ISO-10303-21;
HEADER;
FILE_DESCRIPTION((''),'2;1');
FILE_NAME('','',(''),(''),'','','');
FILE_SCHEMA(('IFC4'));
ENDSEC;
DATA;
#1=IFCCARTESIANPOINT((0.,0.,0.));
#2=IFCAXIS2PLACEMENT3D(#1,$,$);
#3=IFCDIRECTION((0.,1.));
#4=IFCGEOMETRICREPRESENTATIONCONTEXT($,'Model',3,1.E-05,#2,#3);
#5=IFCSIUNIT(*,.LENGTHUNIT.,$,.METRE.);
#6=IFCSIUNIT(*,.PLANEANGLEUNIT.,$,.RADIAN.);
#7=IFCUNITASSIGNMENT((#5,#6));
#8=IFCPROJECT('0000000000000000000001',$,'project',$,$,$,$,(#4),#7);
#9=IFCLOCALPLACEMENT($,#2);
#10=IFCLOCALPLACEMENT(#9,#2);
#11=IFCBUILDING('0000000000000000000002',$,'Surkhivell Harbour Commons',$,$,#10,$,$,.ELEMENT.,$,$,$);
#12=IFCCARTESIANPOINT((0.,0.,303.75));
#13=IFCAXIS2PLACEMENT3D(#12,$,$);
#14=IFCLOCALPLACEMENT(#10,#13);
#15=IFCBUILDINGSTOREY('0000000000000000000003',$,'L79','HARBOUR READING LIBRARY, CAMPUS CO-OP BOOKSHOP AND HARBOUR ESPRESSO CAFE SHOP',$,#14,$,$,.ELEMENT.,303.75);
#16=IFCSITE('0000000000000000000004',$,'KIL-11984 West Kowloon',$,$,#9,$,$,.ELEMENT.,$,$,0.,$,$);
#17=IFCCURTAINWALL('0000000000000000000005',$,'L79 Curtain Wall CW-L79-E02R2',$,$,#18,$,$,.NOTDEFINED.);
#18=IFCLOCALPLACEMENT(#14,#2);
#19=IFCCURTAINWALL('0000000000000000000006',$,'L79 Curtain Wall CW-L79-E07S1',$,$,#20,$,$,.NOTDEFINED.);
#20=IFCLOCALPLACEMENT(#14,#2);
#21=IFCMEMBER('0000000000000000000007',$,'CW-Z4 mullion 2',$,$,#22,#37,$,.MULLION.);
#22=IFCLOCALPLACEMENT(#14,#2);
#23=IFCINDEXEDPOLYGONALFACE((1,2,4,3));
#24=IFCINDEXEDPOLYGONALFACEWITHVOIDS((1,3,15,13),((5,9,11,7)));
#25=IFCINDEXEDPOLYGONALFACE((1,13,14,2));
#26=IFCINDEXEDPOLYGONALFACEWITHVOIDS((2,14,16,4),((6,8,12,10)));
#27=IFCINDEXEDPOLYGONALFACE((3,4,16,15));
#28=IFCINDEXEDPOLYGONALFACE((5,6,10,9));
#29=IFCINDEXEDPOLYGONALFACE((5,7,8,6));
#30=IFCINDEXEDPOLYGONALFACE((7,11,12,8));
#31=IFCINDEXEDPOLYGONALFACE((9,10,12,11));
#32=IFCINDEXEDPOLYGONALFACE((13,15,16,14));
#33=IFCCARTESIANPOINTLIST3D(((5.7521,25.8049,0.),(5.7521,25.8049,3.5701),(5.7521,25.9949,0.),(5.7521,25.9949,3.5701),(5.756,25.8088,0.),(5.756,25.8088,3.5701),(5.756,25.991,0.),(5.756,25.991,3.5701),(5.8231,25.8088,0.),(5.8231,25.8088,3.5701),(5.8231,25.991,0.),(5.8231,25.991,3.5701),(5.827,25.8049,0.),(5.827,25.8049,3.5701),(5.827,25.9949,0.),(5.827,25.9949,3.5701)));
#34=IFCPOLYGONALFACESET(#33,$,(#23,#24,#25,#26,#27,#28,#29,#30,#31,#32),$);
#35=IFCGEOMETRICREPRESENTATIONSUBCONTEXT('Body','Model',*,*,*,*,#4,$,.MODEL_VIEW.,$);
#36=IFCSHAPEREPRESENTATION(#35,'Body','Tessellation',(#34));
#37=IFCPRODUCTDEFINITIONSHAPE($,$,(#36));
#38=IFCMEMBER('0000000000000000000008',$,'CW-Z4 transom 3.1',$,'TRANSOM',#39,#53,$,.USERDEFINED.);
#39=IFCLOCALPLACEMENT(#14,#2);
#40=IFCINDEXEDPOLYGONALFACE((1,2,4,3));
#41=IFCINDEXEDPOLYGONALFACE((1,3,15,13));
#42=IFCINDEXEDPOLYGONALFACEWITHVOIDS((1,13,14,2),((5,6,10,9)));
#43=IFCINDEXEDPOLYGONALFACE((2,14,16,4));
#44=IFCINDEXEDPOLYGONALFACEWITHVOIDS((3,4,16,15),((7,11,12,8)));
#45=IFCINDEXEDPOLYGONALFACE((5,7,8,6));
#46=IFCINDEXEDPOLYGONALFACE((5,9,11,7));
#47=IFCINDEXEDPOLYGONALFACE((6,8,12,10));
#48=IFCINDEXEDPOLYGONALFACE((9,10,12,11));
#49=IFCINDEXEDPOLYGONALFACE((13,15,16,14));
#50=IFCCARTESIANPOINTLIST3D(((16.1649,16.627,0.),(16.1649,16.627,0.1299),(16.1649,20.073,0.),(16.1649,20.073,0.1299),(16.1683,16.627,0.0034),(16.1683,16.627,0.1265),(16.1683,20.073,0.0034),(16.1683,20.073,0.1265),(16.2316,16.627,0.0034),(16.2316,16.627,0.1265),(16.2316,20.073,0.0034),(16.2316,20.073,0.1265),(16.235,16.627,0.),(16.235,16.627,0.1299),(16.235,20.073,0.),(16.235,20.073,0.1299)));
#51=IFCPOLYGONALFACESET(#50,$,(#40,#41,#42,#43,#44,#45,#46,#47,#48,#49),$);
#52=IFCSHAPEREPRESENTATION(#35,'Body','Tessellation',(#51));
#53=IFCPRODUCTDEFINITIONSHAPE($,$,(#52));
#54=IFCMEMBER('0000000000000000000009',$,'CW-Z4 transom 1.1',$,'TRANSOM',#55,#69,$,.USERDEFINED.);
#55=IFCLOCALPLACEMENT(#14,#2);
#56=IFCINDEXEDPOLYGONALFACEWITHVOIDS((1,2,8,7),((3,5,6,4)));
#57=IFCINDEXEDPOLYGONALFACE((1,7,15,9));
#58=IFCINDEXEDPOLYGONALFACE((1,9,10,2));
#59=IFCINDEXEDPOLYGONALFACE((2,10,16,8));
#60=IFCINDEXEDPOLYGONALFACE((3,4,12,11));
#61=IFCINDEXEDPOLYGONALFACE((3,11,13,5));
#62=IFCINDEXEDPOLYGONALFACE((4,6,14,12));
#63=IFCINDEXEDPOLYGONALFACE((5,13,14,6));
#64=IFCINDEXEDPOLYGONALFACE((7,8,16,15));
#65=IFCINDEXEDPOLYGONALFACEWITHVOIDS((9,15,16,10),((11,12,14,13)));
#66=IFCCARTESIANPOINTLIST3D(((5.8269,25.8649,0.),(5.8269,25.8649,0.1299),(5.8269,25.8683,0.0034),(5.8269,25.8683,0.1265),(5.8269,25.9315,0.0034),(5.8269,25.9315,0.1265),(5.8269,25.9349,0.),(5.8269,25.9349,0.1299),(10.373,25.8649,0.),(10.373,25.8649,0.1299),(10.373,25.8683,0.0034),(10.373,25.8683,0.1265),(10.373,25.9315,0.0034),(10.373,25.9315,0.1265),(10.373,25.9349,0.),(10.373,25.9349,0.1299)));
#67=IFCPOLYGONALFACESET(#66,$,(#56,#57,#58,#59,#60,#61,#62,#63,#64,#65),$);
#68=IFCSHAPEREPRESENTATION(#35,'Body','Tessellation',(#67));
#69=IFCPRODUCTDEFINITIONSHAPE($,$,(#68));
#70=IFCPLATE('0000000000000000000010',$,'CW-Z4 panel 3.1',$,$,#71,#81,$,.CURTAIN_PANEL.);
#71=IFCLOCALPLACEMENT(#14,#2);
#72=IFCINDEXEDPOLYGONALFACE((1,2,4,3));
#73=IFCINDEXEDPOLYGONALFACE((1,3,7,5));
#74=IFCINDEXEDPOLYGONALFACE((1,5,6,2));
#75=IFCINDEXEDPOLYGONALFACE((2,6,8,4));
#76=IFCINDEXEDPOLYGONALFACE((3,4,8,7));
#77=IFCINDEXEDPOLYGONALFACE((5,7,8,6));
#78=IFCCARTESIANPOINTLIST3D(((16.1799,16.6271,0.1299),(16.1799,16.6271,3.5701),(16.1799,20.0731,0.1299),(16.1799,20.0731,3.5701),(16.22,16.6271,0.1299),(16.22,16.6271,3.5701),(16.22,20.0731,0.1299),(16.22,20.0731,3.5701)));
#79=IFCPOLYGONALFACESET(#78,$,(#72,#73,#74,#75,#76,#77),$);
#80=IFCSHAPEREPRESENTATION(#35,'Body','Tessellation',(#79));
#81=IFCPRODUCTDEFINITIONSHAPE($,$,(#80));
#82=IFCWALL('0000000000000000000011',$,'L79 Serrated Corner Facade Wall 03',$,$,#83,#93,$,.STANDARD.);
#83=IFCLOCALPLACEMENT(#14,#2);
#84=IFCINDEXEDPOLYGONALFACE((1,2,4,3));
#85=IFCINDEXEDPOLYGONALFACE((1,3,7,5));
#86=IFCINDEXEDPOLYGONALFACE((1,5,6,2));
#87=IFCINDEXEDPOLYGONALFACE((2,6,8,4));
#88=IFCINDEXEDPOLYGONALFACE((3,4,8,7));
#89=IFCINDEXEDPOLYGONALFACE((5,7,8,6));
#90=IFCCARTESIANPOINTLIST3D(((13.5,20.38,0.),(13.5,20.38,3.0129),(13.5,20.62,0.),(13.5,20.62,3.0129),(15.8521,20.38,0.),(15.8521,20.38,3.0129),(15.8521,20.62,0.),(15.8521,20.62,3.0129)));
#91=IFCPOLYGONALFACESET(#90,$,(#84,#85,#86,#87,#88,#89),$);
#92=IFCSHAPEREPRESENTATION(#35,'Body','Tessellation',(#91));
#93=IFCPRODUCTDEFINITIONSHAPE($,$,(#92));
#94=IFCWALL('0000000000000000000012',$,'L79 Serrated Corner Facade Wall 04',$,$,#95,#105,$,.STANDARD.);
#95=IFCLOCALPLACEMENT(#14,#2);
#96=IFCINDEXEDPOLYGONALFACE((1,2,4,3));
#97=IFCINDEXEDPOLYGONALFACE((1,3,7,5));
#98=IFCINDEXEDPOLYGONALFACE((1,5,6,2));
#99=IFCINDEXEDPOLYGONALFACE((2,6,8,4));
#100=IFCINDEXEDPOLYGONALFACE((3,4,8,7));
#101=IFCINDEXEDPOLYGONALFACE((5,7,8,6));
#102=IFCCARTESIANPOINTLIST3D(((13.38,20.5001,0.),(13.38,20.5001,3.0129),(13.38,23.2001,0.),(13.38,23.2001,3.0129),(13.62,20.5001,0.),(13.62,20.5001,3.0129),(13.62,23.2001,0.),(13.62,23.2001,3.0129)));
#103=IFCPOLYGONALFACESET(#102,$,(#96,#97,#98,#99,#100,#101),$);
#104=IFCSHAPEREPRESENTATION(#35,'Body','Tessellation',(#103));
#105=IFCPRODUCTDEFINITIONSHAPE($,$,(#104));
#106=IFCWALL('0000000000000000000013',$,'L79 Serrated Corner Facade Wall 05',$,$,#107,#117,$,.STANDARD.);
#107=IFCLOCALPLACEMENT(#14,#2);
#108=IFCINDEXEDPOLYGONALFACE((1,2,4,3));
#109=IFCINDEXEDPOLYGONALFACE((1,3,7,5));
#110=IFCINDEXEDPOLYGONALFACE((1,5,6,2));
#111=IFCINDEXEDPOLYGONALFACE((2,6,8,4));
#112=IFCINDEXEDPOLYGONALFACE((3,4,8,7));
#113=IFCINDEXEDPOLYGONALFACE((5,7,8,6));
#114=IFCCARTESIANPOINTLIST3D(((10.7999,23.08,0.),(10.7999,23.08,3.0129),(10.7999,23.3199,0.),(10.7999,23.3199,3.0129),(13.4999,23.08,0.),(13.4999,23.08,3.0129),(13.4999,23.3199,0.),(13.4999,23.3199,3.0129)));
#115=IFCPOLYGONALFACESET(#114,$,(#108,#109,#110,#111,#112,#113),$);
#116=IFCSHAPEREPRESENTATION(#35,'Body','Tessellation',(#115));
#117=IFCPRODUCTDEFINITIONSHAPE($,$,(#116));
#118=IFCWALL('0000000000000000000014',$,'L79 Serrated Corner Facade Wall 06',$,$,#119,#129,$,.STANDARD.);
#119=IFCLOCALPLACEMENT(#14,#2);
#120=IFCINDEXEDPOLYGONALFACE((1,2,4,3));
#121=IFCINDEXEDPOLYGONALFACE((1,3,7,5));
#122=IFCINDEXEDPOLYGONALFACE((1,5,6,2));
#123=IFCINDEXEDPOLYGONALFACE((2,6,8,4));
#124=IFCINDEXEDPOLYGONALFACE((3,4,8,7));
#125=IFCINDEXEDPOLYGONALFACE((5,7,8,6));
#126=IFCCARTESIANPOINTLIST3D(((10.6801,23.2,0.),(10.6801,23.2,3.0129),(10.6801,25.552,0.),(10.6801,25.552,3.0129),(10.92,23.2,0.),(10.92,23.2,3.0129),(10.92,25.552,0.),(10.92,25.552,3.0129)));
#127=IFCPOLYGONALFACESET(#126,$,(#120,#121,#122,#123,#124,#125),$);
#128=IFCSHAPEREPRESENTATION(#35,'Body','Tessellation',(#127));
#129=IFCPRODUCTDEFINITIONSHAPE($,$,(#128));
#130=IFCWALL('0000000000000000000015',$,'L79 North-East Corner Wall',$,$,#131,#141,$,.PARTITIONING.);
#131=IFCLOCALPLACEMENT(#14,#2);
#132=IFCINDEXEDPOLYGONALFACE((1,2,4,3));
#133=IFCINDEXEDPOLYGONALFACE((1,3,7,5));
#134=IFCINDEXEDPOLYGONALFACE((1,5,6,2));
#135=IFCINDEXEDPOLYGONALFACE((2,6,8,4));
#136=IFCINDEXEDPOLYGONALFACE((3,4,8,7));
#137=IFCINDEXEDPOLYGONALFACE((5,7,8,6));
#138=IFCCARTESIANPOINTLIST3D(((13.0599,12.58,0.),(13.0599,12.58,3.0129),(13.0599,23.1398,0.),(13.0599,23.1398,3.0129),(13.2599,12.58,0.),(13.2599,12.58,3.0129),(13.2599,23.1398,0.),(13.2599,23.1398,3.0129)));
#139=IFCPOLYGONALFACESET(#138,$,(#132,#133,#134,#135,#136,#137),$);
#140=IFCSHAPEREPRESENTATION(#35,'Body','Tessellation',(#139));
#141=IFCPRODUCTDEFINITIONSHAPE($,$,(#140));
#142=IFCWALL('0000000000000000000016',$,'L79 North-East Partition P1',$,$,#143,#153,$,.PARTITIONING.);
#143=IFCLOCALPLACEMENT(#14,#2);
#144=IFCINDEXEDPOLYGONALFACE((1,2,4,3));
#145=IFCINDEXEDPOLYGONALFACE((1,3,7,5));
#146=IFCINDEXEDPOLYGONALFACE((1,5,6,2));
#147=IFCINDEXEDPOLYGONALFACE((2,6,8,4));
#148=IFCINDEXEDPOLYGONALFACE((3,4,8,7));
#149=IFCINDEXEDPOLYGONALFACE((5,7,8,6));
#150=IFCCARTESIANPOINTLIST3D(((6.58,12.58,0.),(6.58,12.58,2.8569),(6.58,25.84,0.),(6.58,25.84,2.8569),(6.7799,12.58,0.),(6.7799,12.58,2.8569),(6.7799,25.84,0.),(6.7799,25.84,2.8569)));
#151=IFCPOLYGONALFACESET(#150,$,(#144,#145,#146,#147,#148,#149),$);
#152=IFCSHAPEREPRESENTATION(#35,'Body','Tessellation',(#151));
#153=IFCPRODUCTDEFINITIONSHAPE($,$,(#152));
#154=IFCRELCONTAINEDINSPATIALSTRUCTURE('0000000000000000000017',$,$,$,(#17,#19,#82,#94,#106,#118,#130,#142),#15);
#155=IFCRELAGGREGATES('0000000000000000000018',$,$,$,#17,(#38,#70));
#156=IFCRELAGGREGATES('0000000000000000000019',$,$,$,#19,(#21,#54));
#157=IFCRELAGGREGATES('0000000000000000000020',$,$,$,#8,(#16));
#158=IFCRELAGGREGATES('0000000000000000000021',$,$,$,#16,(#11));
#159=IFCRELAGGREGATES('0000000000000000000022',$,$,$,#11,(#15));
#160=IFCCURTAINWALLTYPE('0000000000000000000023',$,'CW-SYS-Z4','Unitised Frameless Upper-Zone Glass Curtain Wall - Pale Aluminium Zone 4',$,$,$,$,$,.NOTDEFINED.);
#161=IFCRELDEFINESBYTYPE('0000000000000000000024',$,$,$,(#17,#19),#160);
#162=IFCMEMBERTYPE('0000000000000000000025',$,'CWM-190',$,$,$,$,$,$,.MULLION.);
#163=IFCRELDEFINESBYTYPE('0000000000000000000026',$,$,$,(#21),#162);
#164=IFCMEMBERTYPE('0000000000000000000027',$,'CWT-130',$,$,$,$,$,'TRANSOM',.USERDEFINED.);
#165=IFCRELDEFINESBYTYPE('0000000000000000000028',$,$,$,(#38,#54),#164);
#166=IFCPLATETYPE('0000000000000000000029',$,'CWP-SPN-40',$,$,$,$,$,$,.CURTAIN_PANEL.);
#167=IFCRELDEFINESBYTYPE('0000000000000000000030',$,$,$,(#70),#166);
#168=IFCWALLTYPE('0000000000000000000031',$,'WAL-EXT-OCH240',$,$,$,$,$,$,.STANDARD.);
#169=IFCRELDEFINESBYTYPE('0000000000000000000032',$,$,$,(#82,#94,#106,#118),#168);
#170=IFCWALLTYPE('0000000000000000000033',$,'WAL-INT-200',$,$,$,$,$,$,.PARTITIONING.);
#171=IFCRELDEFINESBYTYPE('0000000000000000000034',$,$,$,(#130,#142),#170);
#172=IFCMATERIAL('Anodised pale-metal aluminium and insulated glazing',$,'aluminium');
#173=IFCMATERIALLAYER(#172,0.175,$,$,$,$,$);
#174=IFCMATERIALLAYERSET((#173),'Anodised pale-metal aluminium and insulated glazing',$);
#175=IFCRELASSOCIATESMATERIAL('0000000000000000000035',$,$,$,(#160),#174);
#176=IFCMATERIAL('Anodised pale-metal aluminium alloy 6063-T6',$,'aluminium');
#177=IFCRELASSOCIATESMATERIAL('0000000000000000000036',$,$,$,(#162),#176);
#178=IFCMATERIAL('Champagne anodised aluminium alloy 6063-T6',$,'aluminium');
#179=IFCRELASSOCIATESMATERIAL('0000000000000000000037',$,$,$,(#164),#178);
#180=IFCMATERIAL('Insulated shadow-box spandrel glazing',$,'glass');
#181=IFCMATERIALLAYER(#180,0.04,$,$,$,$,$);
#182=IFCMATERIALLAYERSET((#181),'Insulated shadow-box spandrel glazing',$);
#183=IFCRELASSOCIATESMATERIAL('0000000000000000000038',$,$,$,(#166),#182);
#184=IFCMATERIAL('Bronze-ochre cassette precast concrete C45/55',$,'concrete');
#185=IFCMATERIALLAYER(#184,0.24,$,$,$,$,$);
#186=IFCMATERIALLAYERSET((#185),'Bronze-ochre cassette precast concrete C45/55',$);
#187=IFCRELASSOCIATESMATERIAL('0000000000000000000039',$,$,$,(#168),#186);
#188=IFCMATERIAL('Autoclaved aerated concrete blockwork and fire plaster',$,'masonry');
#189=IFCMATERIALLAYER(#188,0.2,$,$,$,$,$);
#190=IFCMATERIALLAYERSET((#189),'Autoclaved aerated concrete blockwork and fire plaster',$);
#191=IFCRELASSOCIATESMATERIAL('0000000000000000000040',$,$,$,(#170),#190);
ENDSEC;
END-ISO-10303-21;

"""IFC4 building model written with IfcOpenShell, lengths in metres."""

from ifc_helpers import new_model, si_unit, direction, frame, frame_2d, origin, origin_2d, place, context, subcontext, project, spatial, rectangle, hollow_rectangle, extrude, material, layer, layer_set, material_profile, profile_set, type_object, element, aggregate, save


model = new_model("IFC4")

# Units and contexts
model_context = context("Model", 3, precision=1e-05, world=origin(), true_north=direction((0.0, 1.0)))
body_context = subcontext(model_context, "Body", "Model", "MODEL_VIEW")
ifc_project = project(units=[si_unit("LENGTHUNIT", "METRE"), si_unit("PLANEANGLEUNIT", "RADIAN")], contexts=[model_context])

# Site, building, storey
site_placement = place(None, origin())
site = spatial("IfcSite", under=ifc_project, at=site_placement, Name="KIL-11984 West Kowloon", CompositionType="ELEMENT", RefElevation=0.0)
building_placement = place(site_placement, origin())
building = spatial("IfcBuilding", under=site, at=building_placement, Name="Surkhivell Harbour Commons", CompositionType="ELEMENT")
storey_placement = place(building_placement, frame((0.0, 0.0, 303.75)))
storey = spatial("IfcBuildingStorey", under=building, at=storey_placement, Name="L79", Description="HARBOUR READING LIBRARY, CAMPUS CO-OP BOOKSHOP AND HARBOUR ESPRESSO CAFE SHOP", CompositionType="ELEMENT", Elevation=303.75)

# Curtain walls, member
ifc_material_1 = material(Name="Anodised pale-metal aluminium and insulated glazing", Category="aluminium")
ifc_layer_1 = layer(ifc_material_1, 0.175)
ifc_layer_set_1 = layer_set([ifc_layer_1], Name="Anodised pale-metal aluminium and insulated glazing")
curtain_wall_type = type_object("IfcCurtainWallType", Name="CW-SYS-Z4", Description="Unitised Frameless Upper-Zone Glass Curtain Wall - Pale Aluminium Zone 4", PredefinedType="NOTDEFINED", material=ifc_layer_set_1)
curtain_wall_1_placement = place(storey_placement, origin())
curtain_wall_1 = element("IfcCurtainWall", 1, at=curtain_wall_1_placement, inside=storey, type_object=curtain_wall_type, Name="L79 Curtain Wall CW-L79-E02R2", PredefinedType="NOTDEFINED")
ifc_material_2 = material(Name="Anodised pale-metal aluminium alloy 6063-T6", Category="aluminium")
ifc_material_profile_1 = material_profile(ifc_material_2, hollow_rectangle(XDim=0.075, YDim=0.1899, WallThickness=0.0039, at=origin_2d()), Name="ALU-MULL-75x190")
ifc_profile_set_1 = profile_set([ifc_material_profile_1], Name="Anodised pale-metal aluminium alloy 6063-T6")
member_type_1 = type_object("IfcMemberType", Name="CWM-190", PredefinedType="MULLION", material=ifc_profile_set_1)
curtain_wall_2_placement = place(storey_placement, origin())
curtain_wall_2 = element("IfcCurtainWall", 2, at=curtain_wall_2_placement, inside=storey, type_object=curtain_wall_type, Name="L79 Curtain Wall CW-L79-E07S1", PredefinedType="NOTDEFINED")
member_1_placement = place(storey_placement, frame((5.7896, 25.8999, 0.0), z_axis=(0.0, 0.0, 1.0), x_axis=(-1.0, 0.0, 0.0)))
member_1 = element("IfcMember", 3, at=member_1_placement, type_object=member_type_1, Name="CW-Z4 mullion 2", PredefinedType="MULLION", context=body_context, shape_type="SweptSolid", body=[
    extrude(hollow_rectangle(XDim=0.075, YDim=0.1899, WallThickness=0.0039, at=origin_2d()), origin(), (0.0, 0.0, 1.0), 3.5701),
])

# Members
ifc_material_3 = material(Name="Champagne anodised aluminium alloy 6063-T6", Category="aluminium")
ifc_material_profile_2 = material_profile(ifc_material_3, hollow_rectangle(XDim=0.0701, YDim=0.1299, WallThickness=0.0034, at=origin_2d()), Name="ALU-TRAN-70x130")
ifc_profile_set_2 = profile_set([ifc_material_profile_2], Name="Champagne anodised aluminium alloy 6063-T6")
member_type_2 = type_object("IfcMemberType", Name="CWT-130", ElementType="TRANSOM", PredefinedType="USERDEFINED", material=ifc_profile_set_2)
member_2_placement = place(storey_placement, frame((16.2, 16.627, 0.0649), z_axis=(0.0, 1.0, 0.0), x_axis=(-1.0, 0.0, 0.0)))
member_2 = element("IfcMember", 4, at=member_2_placement, type_object=member_type_2, Name="CW-Z4 transom 3.1", ObjectType="TRANSOM", PredefinedType="USERDEFINED", context=body_context, shape_type="SweptSolid", body=[
    extrude(hollow_rectangle(XDim=0.0701, YDim=0.1299, WallThickness=0.0034, at=origin_2d()), origin(), (0.0, 0.0, 1.0), 3.446),
])
member_3_placement = place(storey_placement, frame((10.373, 25.8999, 0.0649), z_axis=(-1.0, 0.0, 0.0), x_axis=(0.0, -1.0, 0.0)))
member_3 = element("IfcMember", 5, at=member_3_placement, type_object=member_type_2, Name="CW-Z4 transom 1.1", ObjectType="TRANSOM", PredefinedType="USERDEFINED", context=body_context, shape_type="SweptSolid", body=[
    extrude(hollow_rectangle(XDim=0.0701, YDim=0.1299, WallThickness=0.0034, at=origin_2d()), origin(), (0.0, 0.0, 1.0), 4.5461),
])

# Plate
ifc_material_4 = material(Name="Insulated shadow-box spandrel glazing", Category="glass")
ifc_layer_2 = layer(ifc_material_4, 0.04)
ifc_layer_set_2 = layer_set([ifc_layer_2], Name="Insulated shadow-box spandrel glazing")
plate_type = type_object("IfcPlateType", Name="CWP-SPN-40", PredefinedType="CURTAIN_PANEL", material=ifc_layer_set_2)
plate_1_placement = place(storey_placement, frame((16.2, 16.627, 0.1299), z_axis=(0.0, 0.0, 1.0), x_axis=(0.0, 1.0, 0.0)))
plate_1 = element("IfcPlate", 6, at=plate_1_placement, type_object=plate_type, Name="CW-Z4 panel 3.1", PredefinedType="CURTAIN_PANEL", context=body_context, shape_type="SweptSolid", body=[
    extrude(rectangle(XDim=3.446, YDim=0.04, at=frame_2d((1.7231, 0.0))), origin(), (0.0, 0.0, 1.0), 3.4402),
])
aggregate(curtain_wall_1, [member_2, plate_1])
aggregate(curtain_wall_2, [member_1, member_3])

# Walls
ifc_material_5 = material(Name="Bronze-ochre cassette precast concrete C45/55", Category="concrete")
ifc_layer_3 = layer(ifc_material_5, 0.24)
ifc_layer_set_3 = layer_set([ifc_layer_3], Name="Bronze-ochre cassette precast concrete C45/55")
wall_type_1 = type_object("IfcWallType", Name="WAL-EXT-OCH240", PredefinedType="STANDARD", material=ifc_layer_set_3)
wall_1_placement = place(storey_placement, frame((15.8521, 20.5, 0.0), z_axis=(0.0, 0.0, 1.0), x_axis=(-1.0, 0.0, 0.0)))
element("IfcWall", 7, at=wall_1_placement, inside=storey, type_object=wall_type_1, Name="L79 Serrated Corner Facade Wall 03", PredefinedType="STANDARD", context=body_context, shape_type="SweptSolid", body=[
    extrude(rectangle(XDim=2.3521, YDim=0.24, at=frame_2d((1.176, 0.0))), origin(), (0.0, 0.0, 1.0), 3.0129),
])
for number, where, z_axis, x_axis, name in (
    (8, (13.5, 20.5, 0.0), (0.0, 0.0, 1.0), (0.0, 1.0, 0.0), "L79 Serrated Corner Facade Wall 04"),
    (9, (13.5, 23.2, 0.0), (0.0, 0.0, 1.0), (-1.0, 0.0, 0.0), "L79 Serrated Corner Facade Wall 05"),
):
    element("IfcWall", number, at=place(storey_placement, frame(where, z_axis=z_axis, x_axis=x_axis)), inside=storey, type_object=wall_type_1, Name=name, PredefinedType="STANDARD", context=body_context, shape_type="SweptSolid", body=[
        extrude(rectangle(XDim=2.7, YDim=0.24, at=frame_2d((1.3501, 0.0))), origin(), (0.0, 0.0, 1.0), 3.0129),
    ])
wall_2_placement = place(storey_placement, frame((10.8, 23.2, 0.0), z_axis=(0.0, 0.0, 1.0), x_axis=(0.0, 1.0, 0.0)))
element("IfcWall", 10, at=wall_2_placement, inside=storey, type_object=wall_type_1, Name="L79 Serrated Corner Facade Wall 06", PredefinedType="STANDARD", context=body_context, shape_type="SweptSolid", body=[
    extrude(rectangle(XDim=2.3521, YDim=0.24, at=frame_2d((1.176, 0.0))), origin(), (0.0, 0.0, 1.0), 3.0129),
])
ifc_material_6 = material(Name="Autoclaved aerated concrete blockwork and fire plaster", Category="masonry")
ifc_layer_4 = layer(ifc_material_6, 0.2)
ifc_layer_set_4 = layer_set([ifc_layer_4], Name="Autoclaved aerated concrete blockwork and fire plaster")
wall_type_2 = type_object("IfcWallType", Name="WAL-INT-200", PredefinedType="PARTITIONING", material=ifc_layer_set_4)
wall_3_placement = place(storey_placement, frame((13.1599, 12.5801, 0.0), z_axis=(0.0, 0.0, 1.0), x_axis=(0.0, 1.0, 0.0)))
element("IfcWall", 11, at=wall_3_placement, inside=storey, type_object=wall_type_2, Name="L79 North-East Corner Wall", PredefinedType="PARTITIONING", context=body_context, shape_type="SweptSolid", body=[
    extrude(rectangle(XDim=10.5598, YDim=0.2, at=frame_2d((5.2798, 0.0))), origin(), (0.0, 0.0, 1.0), 3.0129),
])
wall_4_placement = place(storey_placement, frame((6.6799, 12.5801, 0.0), z_axis=(0.0, 0.0, 1.0), x_axis=(0.0, 1.0, 0.0)))
element("IfcWall", 12, at=wall_4_placement, inside=storey, type_object=wall_type_2, Name="L79 North-East Partition P1", PredefinedType="PARTITIONING", context=body_context, shape_type="SweptSolid", body=[
    extrude(rectangle(XDim=13.26, YDim=0.2, at=frame_2d((6.6299, 0.0))), origin(), (0.0, 0.0, 1.0), 2.8569),
])

save(model, "model.ifc")
